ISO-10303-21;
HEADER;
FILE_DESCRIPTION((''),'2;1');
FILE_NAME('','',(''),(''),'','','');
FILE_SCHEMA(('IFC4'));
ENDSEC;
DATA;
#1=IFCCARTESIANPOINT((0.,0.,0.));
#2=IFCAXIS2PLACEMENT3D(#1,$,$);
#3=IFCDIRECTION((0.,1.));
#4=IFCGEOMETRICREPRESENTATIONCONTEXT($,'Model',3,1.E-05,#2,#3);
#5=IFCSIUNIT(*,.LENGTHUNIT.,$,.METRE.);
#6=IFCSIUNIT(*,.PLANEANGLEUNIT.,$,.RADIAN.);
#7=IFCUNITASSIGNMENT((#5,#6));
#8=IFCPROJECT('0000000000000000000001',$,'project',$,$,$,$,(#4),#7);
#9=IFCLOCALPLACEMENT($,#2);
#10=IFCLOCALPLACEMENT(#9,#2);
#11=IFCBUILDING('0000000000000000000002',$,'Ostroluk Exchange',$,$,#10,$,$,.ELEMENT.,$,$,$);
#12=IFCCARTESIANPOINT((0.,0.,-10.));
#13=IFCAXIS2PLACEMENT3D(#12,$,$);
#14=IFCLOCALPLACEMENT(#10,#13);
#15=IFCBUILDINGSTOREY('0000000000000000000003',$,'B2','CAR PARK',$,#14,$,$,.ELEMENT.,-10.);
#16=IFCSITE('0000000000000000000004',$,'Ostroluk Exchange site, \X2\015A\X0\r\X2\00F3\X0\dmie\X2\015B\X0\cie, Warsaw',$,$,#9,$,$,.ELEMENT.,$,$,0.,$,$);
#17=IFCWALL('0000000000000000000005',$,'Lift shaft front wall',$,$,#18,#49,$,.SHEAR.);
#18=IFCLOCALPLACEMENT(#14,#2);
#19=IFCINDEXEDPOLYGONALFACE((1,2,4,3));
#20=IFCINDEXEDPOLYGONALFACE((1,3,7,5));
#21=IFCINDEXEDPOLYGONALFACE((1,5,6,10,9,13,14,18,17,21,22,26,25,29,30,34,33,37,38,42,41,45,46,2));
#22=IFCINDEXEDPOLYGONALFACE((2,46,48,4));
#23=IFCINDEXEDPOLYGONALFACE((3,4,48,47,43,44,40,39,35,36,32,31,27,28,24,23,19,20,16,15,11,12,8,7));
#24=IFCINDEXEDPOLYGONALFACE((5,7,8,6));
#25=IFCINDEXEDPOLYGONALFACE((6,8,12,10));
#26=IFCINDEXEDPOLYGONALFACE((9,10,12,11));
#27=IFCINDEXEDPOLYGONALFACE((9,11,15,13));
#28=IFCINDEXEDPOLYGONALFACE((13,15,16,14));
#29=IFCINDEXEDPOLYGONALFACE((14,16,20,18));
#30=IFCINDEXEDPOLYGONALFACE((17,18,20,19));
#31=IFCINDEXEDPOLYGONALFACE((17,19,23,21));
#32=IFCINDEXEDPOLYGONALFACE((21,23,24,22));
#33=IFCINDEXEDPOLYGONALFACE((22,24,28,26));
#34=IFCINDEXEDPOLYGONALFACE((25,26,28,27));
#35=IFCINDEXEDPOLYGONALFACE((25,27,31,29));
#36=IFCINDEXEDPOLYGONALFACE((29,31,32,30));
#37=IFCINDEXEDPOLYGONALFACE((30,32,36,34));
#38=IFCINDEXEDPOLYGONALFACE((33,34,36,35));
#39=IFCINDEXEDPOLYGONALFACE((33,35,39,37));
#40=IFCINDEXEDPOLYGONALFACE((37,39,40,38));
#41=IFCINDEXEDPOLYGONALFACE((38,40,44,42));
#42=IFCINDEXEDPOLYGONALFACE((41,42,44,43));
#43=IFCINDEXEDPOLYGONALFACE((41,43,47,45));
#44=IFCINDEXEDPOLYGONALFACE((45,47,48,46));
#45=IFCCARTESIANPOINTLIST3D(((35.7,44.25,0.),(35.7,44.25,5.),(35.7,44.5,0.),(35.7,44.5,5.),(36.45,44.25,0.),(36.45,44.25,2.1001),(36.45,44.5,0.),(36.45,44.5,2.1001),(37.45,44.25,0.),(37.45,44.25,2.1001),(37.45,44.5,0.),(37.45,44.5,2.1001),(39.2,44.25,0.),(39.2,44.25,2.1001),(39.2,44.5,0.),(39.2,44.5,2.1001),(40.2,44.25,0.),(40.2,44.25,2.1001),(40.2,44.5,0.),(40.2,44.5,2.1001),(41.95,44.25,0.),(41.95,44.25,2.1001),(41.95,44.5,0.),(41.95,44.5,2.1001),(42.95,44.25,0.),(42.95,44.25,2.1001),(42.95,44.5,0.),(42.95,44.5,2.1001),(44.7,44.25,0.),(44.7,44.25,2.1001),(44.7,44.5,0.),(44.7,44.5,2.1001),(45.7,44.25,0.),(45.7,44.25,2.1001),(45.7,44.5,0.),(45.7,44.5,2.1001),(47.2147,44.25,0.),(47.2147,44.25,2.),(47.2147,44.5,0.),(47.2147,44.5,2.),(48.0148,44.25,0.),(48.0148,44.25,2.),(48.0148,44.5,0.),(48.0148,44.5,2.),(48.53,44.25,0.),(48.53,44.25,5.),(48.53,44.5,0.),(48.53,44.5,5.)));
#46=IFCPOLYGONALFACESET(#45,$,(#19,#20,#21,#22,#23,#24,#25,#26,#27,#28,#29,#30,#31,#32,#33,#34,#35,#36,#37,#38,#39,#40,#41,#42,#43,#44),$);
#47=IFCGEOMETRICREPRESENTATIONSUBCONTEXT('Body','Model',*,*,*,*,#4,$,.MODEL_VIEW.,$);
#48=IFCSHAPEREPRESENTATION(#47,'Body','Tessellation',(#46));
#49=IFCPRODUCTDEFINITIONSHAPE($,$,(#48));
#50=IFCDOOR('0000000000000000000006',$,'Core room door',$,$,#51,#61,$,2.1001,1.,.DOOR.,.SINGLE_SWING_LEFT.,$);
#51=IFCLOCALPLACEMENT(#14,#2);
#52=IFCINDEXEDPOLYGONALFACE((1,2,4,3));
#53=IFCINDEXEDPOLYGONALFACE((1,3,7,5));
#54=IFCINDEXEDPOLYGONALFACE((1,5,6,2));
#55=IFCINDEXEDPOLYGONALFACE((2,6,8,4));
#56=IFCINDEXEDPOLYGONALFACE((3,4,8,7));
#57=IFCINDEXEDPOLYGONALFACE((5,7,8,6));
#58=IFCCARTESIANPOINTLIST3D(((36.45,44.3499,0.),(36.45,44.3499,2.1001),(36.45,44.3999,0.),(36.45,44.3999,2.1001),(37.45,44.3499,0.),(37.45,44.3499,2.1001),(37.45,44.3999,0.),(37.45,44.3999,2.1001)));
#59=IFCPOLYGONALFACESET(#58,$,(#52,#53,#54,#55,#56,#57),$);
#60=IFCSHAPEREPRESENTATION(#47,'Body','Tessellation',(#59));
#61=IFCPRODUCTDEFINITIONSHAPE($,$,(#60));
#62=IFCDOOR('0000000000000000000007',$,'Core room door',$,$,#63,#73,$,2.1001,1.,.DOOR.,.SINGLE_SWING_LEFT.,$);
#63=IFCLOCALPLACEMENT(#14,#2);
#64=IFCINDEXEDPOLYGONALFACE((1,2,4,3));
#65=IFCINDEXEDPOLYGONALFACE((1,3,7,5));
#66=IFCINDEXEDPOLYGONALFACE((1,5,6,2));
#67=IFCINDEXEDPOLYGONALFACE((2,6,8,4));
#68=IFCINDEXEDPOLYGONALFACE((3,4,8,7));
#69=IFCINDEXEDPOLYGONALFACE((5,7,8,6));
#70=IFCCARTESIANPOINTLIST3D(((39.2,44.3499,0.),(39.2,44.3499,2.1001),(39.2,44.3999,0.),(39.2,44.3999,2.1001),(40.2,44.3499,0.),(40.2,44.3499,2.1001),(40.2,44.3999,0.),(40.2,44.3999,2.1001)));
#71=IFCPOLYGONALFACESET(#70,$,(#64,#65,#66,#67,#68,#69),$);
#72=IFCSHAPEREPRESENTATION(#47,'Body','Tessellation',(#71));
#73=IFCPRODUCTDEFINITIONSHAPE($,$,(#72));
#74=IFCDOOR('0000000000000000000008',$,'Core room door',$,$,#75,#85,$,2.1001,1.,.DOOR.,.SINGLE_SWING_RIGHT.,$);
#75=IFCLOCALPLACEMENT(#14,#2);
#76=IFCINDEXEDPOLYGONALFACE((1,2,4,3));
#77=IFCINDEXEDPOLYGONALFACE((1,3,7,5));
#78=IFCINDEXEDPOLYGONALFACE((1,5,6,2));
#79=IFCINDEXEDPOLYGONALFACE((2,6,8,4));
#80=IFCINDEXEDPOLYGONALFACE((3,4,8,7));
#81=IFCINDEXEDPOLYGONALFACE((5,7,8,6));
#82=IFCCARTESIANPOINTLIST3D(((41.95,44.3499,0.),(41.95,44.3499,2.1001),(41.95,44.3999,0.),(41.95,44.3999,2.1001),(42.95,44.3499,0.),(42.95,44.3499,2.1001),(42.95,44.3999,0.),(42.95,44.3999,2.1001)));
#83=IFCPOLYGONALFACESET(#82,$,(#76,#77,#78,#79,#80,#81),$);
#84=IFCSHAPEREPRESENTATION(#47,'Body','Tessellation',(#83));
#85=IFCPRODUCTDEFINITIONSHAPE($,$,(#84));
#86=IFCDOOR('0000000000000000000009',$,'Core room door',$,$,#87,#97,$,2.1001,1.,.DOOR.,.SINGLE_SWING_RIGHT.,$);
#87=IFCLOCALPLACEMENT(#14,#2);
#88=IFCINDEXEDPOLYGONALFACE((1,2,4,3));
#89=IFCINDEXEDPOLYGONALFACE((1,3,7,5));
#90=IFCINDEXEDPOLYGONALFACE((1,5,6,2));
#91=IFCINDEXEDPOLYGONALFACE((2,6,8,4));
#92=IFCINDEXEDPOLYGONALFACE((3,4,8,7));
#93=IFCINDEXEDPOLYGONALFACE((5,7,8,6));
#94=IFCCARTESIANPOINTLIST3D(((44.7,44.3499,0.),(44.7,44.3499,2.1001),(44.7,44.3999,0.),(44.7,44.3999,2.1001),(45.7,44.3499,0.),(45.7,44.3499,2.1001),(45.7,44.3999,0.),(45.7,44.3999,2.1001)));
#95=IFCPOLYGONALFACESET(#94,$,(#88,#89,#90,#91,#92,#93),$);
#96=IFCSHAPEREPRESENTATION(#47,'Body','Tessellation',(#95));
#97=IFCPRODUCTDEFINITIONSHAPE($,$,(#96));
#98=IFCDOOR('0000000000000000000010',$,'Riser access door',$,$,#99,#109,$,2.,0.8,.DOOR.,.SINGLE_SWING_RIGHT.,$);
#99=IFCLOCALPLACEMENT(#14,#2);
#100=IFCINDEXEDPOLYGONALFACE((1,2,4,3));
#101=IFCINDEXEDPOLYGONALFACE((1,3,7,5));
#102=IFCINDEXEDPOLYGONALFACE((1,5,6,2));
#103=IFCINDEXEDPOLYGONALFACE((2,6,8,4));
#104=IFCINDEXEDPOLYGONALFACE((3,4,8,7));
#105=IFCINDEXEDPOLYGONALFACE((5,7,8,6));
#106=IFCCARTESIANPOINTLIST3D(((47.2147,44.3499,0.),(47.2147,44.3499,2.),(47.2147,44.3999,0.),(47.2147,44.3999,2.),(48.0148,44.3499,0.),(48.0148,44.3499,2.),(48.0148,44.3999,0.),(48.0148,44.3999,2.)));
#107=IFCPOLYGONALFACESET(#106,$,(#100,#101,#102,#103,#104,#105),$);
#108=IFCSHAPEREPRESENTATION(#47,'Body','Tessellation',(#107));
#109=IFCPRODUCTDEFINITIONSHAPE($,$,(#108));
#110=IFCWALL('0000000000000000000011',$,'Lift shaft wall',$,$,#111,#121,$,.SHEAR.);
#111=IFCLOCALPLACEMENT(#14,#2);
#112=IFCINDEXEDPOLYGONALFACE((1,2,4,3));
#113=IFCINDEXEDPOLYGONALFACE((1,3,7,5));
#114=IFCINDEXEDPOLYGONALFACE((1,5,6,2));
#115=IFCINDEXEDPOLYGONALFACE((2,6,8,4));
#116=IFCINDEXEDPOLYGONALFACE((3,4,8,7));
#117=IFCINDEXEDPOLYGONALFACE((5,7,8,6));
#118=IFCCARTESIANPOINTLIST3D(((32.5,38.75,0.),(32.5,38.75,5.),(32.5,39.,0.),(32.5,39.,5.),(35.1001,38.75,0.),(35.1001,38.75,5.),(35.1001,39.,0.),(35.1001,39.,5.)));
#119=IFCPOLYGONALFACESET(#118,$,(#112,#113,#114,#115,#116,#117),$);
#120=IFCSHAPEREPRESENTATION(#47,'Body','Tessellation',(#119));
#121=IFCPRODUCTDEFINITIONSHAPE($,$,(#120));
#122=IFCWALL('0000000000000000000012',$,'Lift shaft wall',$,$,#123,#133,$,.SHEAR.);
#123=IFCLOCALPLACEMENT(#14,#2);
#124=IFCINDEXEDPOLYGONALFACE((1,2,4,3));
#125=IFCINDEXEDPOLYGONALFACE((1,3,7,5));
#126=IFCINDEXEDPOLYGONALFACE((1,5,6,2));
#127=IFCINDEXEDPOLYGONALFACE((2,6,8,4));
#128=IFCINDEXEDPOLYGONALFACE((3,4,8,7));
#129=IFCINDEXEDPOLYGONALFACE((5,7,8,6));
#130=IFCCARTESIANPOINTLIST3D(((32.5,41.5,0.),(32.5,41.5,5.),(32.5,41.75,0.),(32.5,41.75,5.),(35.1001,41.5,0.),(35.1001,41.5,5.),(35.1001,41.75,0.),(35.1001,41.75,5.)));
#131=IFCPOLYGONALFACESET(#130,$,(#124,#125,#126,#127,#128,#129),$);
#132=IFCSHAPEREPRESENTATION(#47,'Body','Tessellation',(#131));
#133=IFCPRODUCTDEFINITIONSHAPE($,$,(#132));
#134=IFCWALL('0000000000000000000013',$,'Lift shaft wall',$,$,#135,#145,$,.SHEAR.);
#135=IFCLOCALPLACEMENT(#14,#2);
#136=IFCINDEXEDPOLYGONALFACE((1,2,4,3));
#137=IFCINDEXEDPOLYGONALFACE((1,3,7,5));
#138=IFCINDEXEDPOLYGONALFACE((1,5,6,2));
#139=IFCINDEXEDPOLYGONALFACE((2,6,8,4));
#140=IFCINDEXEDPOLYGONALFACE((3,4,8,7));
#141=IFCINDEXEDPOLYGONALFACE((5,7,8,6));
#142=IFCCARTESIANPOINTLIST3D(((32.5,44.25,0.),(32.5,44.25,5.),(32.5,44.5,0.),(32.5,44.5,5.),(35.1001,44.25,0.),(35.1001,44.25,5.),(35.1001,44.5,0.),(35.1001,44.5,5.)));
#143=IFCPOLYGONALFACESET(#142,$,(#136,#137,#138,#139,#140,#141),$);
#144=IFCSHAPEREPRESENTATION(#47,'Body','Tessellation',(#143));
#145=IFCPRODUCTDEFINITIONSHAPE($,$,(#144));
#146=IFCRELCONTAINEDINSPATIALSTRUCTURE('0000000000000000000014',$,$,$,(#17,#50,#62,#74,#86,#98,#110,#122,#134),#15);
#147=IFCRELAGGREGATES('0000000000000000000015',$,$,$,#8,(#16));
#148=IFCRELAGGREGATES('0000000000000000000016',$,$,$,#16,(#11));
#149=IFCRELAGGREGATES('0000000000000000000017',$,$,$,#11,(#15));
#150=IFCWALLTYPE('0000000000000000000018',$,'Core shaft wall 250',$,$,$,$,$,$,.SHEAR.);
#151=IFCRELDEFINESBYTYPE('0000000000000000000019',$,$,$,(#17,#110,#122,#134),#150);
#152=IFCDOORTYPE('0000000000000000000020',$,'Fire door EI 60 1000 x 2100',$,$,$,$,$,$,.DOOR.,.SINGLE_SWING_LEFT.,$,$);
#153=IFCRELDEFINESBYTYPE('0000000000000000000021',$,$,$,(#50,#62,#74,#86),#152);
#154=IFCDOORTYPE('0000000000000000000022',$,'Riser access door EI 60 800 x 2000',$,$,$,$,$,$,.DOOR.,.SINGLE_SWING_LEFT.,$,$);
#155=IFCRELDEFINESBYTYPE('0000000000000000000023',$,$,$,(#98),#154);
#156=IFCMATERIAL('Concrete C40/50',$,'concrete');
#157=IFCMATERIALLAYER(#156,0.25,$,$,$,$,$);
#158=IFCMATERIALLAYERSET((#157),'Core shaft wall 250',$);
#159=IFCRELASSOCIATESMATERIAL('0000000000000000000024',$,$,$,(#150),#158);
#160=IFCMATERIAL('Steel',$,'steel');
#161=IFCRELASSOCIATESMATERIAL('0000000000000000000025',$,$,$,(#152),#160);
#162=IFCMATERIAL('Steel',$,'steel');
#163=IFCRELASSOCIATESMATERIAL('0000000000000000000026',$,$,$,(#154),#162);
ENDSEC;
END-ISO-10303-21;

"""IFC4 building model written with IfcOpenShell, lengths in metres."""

from ifc_helpers import new_model, si_unit, direction, frame, frame_2d, origin, place, context, subcontext, project, spatial, rectangle, extrude, material, layer, layer_set, type_object, element, fill, save


model = new_model("IFC4")

# Units and contexts
model_context = context("Model", 3, precision=1e-05, world=origin(), true_north=direction((0.0, 1.0)))
body_context = subcontext(model_context, "Body", "Model", "MODEL_VIEW")
ifc_project = project(units=[si_unit("LENGTHUNIT", "METRE"), si_unit("PLANEANGLEUNIT", "RADIAN")], contexts=[model_context])

# Site, building, storey
site_placement = place(None, origin())
site = spatial("IfcSite", under=ifc_project, at=site_placement, Name="Ostroluk Exchange site, Śródmieście, Warsaw", CompositionType="ELEMENT", RefElevation=0.0)
building_placement = place(site_placement, origin())
building = spatial("IfcBuilding", under=site, at=building_placement, Name="Ostroluk Exchange", CompositionType="ELEMENT")
storey_placement = place(building_placement, frame((0.0, 0.0, -10.0)))
storey = spatial("IfcBuildingStorey", under=building, at=storey_placement, Name="B2", Description="CAR PARK", CompositionType="ELEMENT", Elevation=-10.0)

# Shared definitions
ifc_material_1 = material(Name="Concrete C40/50", Category="concrete")
ifc_layer_1 = layer(ifc_material_1, 0.25)
ifc_layer_set_1 = layer_set([ifc_layer_1], Name="Core shaft wall 250")
wall_type_1 = type_object("IfcWallType", Name="Core shaft wall 250", PredefinedType="SHEAR", material=ifc_layer_set_1)

# Wall, openings, doors
wall_1_placement = place(storey_placement, frame((35.7, 44.375, 0.0), z_axis=(0.0, 0.0, 1.0), x_axis=(1.0, 0.0, 0.0)))
wall_1 = element("IfcWall", 1, at=wall_1_placement, inside=storey, type_object=wall_type_1, Name="Lift shaft front wall", PredefinedType="SHEAR", context=body_context, shape_type="SweptSolid", body=[
    extrude(rectangle(XDim=12.8301, YDim=0.25, at=frame_2d((6.415, 0.0))), origin(), (0.0, 0.0, 1.0), 5.0),
])
opening_1_placement = place(wall_1_placement, frame((0.75, 0.0, 0.0)))
opening_1 = element("IfcOpeningElement", 2, at=opening_1_placement, cuts=wall_1, PredefinedType="OPENING", context=body_context, shape_type="SweptSolid", body=[
    extrude(rectangle(XDim=1.0, YDim=2.1001, at=frame_2d((0.5, 1.05))), frame((0.0, 0.135, 0.0), z_axis=(0.0, -1.0, 0.0), x_axis=(1.0, 0.0, 0.0)), (0.0, 0.0, 1.0), 0.27),
])
opening_2_placement = place(wall_1_placement, frame((3.5, 0.0, 0.0)))
opening_2 = element("IfcOpeningElement", 3, at=opening_2_placement, cuts=wall_1, PredefinedType="OPENING", context=body_context, shape_type="SweptSolid", body=[
    extrude(rectangle(XDim=1.0, YDim=2.1001, at=frame_2d((0.5, 1.05))), frame((0.0, 0.135, 0.0), z_axis=(0.0, -1.0, 0.0), x_axis=(1.0, 0.0, 0.0)), (0.0, 0.0, 1.0), 0.27),
])
opening_3_placement = place(wall_1_placement, frame((6.25, 0.0, 0.0)))
opening_3 = element("IfcOpeningElement", 4, at=opening_3_placement, cuts=wall_1, PredefinedType="OPENING", context=body_context, shape_type="SweptSolid", body=[
    extrude(rectangle(XDim=1.0, YDim=2.1001, at=frame_2d((0.5, 1.05))), frame((0.0, 0.135, 0.0), z_axis=(0.0, -1.0, 0.0), x_axis=(1.0, 0.0, 0.0)), (0.0, 0.0, 1.0), 0.27),
])
opening_4_placement = place(wall_1_placement, frame((9.0, 0.0, 0.0)))
opening_4 = element("IfcOpeningElement", 5, at=opening_4_placement, cuts=wall_1, PredefinedType="OPENING", context=body_context, shape_type="SweptSolid", body=[
    extrude(rectangle(XDim=1.0, YDim=2.1001, at=frame_2d((0.5, 1.05))), frame((0.0, 0.135, 0.0), z_axis=(0.0, -1.0, 0.0), x_axis=(1.0, 0.0, 0.0)), (0.0, 0.0, 1.0), 0.27),
])
opening_5_placement = place(wall_1_placement, frame((11.5149, 0.0, 0.0)))
opening_5 = element("IfcOpeningElement", 6, at=opening_5_placement, cuts=wall_1, PredefinedType="OPENING", context=body_context, shape_type="SweptSolid", body=[
    extrude(rectangle(XDim=0.8, YDim=2.0, at=frame_2d((0.3999, 1.0))), frame((0.0, 0.135, 0.0), z_axis=(0.0, -1.0, 0.0), x_axis=(1.0, 0.0, 0.0)), (0.0, 0.0, 1.0), 0.27),
])
ifc_material_2 = material(Name="Steel", Category="steel")
door_type_1 = type_object("IfcDoorType", Name="Fire door EI 60 1000 x 2100", OperationType="SINGLE_SWING_LEFT", PredefinedType="DOOR", material=ifc_material_2)
door_1_placement = place(opening_1_placement, origin())
door_1 = element("IfcDoor", 7, at=door_1_placement, inside=storey, type_object=door_type_1, Name="Core room door", OperationType="SINGLE_SWING_LEFT", OverallHeight=2.1001, OverallWidth=1.0, PredefinedType="DOOR", context=body_context, shape_type="SweptSolid", body=[
    extrude(rectangle(XDim=1.0, YDim=2.1001, at=frame_2d((0.5, 1.05))), frame((0.0, 0.0249, 0.0), z_axis=(0.0, -1.0, 0.0), x_axis=(1.0, 0.0, 0.0)), (0.0, 0.0, 1.0), 0.05),
])
fill(opening_1, door_1)
door_2_placement = place(opening_2_placement, origin())
door_2 = element("IfcDoor", 8, at=door_2_placement, inside=storey, type_object=door_type_1, Name="Core room door", OperationType="SINGLE_SWING_LEFT", OverallHeight=2.1001, OverallWidth=1.0, PredefinedType="DOOR", context=body_context, shape_type="SweptSolid", body=[
    extrude(rectangle(XDim=1.0, YDim=2.1001, at=frame_2d((0.5, 1.05))), frame((0.0, 0.0249, 0.0), z_axis=(0.0, -1.0, 0.0), x_axis=(1.0, 0.0, 0.0)), (0.0, 0.0, 1.0), 0.05),
])
fill(opening_2, door_2)
door_3_placement = place(opening_3_placement, origin())
door_3 = element("IfcDoor", 9, at=door_3_placement, inside=storey, type_object=door_type_1, Name="Core room door", OperationType="SINGLE_SWING_RIGHT", OverallHeight=2.1001, OverallWidth=1.0, PredefinedType="DOOR", context=body_context, shape_type="SweptSolid", body=[
    extrude(rectangle(XDim=1.0, YDim=2.1001, at=frame_2d((0.5, 1.05))), frame((0.0, 0.0249, 0.0), z_axis=(0.0, -1.0, 0.0), x_axis=(1.0, 0.0, 0.0)), (0.0, 0.0, 1.0), 0.05),
])
fill(opening_3, door_3)
door_4_placement = place(opening_4_placement, origin())
door_4 = element("IfcDoor", 10, at=door_4_placement, inside=storey, type_object=door_type_1, Name="Core room door", OperationType="SINGLE_SWING_RIGHT", OverallHeight=2.1001, OverallWidth=1.0, PredefinedType="DOOR", context=body_context, shape_type="SweptSolid", body=[
    extrude(rectangle(XDim=1.0, YDim=2.1001, at=frame_2d((0.5, 1.05))), frame((0.0, 0.0249, 0.0), z_axis=(0.0, -1.0, 0.0), x_axis=(1.0, 0.0, 0.0)), (0.0, 0.0, 1.0), 0.05),
])
fill(opening_4, door_4)
ifc_material_3 = material(Name="Steel", Category="steel")
door_type_2 = type_object("IfcDoorType", Name="Riser access door EI 60 800 x 2000", OperationType="SINGLE_SWING_LEFT", PredefinedType="DOOR", material=ifc_material_3)
door_5_placement = place(opening_5_placement, origin())
door_5 = element("IfcDoor", 11, at=door_5_placement, inside=storey, type_object=door_type_2, Name="Riser access door", OperationType="SINGLE_SWING_RIGHT", OverallHeight=2.0, OverallWidth=0.8, PredefinedType="DOOR", context=body_context, shape_type="SweptSolid", body=[
    extrude(rectangle(XDim=0.8, YDim=2.0, at=frame_2d((0.3999, 1.0))), frame((0.0, 0.0249, 0.0), z_axis=(0.0, -1.0, 0.0), x_axis=(1.0, 0.0, 0.0)), (0.0, 0.0, 1.0), 0.05),
])
fill(opening_5, door_5)

# Walls
for number, where, z_axis, x_axis, name in (
    (12, (32.5, 38.875, 0.0), (0.0, 0.0, 1.0), (1.0, 0.0, 0.0), "Lift shaft wall"),
    (13, (32.5, 41.625, 0.0), (0.0, 0.0, 1.0), (1.0, 0.0, 0.0), "Lift shaft wall"),
    (14, (32.5, 44.375, 0.0), (0.0, 0.0, 1.0), (1.0, 0.0, 0.0), "Lift shaft wall"),
):
    element("IfcWall", number, at=place(storey_placement, frame(where, z_axis=z_axis, x_axis=x_axis)), inside=storey, type_object=wall_type_1, Name=name, PredefinedType="SHEAR", context=body_context, shape_type="SweptSolid", body=[
        extrude(rectangle(XDim=2.6001, YDim=0.25, at=frame_2d((1.3, 0.0))), origin(), (0.0, 0.0, 1.0), 5.0),
    ])

save(model, "model.ifc")
